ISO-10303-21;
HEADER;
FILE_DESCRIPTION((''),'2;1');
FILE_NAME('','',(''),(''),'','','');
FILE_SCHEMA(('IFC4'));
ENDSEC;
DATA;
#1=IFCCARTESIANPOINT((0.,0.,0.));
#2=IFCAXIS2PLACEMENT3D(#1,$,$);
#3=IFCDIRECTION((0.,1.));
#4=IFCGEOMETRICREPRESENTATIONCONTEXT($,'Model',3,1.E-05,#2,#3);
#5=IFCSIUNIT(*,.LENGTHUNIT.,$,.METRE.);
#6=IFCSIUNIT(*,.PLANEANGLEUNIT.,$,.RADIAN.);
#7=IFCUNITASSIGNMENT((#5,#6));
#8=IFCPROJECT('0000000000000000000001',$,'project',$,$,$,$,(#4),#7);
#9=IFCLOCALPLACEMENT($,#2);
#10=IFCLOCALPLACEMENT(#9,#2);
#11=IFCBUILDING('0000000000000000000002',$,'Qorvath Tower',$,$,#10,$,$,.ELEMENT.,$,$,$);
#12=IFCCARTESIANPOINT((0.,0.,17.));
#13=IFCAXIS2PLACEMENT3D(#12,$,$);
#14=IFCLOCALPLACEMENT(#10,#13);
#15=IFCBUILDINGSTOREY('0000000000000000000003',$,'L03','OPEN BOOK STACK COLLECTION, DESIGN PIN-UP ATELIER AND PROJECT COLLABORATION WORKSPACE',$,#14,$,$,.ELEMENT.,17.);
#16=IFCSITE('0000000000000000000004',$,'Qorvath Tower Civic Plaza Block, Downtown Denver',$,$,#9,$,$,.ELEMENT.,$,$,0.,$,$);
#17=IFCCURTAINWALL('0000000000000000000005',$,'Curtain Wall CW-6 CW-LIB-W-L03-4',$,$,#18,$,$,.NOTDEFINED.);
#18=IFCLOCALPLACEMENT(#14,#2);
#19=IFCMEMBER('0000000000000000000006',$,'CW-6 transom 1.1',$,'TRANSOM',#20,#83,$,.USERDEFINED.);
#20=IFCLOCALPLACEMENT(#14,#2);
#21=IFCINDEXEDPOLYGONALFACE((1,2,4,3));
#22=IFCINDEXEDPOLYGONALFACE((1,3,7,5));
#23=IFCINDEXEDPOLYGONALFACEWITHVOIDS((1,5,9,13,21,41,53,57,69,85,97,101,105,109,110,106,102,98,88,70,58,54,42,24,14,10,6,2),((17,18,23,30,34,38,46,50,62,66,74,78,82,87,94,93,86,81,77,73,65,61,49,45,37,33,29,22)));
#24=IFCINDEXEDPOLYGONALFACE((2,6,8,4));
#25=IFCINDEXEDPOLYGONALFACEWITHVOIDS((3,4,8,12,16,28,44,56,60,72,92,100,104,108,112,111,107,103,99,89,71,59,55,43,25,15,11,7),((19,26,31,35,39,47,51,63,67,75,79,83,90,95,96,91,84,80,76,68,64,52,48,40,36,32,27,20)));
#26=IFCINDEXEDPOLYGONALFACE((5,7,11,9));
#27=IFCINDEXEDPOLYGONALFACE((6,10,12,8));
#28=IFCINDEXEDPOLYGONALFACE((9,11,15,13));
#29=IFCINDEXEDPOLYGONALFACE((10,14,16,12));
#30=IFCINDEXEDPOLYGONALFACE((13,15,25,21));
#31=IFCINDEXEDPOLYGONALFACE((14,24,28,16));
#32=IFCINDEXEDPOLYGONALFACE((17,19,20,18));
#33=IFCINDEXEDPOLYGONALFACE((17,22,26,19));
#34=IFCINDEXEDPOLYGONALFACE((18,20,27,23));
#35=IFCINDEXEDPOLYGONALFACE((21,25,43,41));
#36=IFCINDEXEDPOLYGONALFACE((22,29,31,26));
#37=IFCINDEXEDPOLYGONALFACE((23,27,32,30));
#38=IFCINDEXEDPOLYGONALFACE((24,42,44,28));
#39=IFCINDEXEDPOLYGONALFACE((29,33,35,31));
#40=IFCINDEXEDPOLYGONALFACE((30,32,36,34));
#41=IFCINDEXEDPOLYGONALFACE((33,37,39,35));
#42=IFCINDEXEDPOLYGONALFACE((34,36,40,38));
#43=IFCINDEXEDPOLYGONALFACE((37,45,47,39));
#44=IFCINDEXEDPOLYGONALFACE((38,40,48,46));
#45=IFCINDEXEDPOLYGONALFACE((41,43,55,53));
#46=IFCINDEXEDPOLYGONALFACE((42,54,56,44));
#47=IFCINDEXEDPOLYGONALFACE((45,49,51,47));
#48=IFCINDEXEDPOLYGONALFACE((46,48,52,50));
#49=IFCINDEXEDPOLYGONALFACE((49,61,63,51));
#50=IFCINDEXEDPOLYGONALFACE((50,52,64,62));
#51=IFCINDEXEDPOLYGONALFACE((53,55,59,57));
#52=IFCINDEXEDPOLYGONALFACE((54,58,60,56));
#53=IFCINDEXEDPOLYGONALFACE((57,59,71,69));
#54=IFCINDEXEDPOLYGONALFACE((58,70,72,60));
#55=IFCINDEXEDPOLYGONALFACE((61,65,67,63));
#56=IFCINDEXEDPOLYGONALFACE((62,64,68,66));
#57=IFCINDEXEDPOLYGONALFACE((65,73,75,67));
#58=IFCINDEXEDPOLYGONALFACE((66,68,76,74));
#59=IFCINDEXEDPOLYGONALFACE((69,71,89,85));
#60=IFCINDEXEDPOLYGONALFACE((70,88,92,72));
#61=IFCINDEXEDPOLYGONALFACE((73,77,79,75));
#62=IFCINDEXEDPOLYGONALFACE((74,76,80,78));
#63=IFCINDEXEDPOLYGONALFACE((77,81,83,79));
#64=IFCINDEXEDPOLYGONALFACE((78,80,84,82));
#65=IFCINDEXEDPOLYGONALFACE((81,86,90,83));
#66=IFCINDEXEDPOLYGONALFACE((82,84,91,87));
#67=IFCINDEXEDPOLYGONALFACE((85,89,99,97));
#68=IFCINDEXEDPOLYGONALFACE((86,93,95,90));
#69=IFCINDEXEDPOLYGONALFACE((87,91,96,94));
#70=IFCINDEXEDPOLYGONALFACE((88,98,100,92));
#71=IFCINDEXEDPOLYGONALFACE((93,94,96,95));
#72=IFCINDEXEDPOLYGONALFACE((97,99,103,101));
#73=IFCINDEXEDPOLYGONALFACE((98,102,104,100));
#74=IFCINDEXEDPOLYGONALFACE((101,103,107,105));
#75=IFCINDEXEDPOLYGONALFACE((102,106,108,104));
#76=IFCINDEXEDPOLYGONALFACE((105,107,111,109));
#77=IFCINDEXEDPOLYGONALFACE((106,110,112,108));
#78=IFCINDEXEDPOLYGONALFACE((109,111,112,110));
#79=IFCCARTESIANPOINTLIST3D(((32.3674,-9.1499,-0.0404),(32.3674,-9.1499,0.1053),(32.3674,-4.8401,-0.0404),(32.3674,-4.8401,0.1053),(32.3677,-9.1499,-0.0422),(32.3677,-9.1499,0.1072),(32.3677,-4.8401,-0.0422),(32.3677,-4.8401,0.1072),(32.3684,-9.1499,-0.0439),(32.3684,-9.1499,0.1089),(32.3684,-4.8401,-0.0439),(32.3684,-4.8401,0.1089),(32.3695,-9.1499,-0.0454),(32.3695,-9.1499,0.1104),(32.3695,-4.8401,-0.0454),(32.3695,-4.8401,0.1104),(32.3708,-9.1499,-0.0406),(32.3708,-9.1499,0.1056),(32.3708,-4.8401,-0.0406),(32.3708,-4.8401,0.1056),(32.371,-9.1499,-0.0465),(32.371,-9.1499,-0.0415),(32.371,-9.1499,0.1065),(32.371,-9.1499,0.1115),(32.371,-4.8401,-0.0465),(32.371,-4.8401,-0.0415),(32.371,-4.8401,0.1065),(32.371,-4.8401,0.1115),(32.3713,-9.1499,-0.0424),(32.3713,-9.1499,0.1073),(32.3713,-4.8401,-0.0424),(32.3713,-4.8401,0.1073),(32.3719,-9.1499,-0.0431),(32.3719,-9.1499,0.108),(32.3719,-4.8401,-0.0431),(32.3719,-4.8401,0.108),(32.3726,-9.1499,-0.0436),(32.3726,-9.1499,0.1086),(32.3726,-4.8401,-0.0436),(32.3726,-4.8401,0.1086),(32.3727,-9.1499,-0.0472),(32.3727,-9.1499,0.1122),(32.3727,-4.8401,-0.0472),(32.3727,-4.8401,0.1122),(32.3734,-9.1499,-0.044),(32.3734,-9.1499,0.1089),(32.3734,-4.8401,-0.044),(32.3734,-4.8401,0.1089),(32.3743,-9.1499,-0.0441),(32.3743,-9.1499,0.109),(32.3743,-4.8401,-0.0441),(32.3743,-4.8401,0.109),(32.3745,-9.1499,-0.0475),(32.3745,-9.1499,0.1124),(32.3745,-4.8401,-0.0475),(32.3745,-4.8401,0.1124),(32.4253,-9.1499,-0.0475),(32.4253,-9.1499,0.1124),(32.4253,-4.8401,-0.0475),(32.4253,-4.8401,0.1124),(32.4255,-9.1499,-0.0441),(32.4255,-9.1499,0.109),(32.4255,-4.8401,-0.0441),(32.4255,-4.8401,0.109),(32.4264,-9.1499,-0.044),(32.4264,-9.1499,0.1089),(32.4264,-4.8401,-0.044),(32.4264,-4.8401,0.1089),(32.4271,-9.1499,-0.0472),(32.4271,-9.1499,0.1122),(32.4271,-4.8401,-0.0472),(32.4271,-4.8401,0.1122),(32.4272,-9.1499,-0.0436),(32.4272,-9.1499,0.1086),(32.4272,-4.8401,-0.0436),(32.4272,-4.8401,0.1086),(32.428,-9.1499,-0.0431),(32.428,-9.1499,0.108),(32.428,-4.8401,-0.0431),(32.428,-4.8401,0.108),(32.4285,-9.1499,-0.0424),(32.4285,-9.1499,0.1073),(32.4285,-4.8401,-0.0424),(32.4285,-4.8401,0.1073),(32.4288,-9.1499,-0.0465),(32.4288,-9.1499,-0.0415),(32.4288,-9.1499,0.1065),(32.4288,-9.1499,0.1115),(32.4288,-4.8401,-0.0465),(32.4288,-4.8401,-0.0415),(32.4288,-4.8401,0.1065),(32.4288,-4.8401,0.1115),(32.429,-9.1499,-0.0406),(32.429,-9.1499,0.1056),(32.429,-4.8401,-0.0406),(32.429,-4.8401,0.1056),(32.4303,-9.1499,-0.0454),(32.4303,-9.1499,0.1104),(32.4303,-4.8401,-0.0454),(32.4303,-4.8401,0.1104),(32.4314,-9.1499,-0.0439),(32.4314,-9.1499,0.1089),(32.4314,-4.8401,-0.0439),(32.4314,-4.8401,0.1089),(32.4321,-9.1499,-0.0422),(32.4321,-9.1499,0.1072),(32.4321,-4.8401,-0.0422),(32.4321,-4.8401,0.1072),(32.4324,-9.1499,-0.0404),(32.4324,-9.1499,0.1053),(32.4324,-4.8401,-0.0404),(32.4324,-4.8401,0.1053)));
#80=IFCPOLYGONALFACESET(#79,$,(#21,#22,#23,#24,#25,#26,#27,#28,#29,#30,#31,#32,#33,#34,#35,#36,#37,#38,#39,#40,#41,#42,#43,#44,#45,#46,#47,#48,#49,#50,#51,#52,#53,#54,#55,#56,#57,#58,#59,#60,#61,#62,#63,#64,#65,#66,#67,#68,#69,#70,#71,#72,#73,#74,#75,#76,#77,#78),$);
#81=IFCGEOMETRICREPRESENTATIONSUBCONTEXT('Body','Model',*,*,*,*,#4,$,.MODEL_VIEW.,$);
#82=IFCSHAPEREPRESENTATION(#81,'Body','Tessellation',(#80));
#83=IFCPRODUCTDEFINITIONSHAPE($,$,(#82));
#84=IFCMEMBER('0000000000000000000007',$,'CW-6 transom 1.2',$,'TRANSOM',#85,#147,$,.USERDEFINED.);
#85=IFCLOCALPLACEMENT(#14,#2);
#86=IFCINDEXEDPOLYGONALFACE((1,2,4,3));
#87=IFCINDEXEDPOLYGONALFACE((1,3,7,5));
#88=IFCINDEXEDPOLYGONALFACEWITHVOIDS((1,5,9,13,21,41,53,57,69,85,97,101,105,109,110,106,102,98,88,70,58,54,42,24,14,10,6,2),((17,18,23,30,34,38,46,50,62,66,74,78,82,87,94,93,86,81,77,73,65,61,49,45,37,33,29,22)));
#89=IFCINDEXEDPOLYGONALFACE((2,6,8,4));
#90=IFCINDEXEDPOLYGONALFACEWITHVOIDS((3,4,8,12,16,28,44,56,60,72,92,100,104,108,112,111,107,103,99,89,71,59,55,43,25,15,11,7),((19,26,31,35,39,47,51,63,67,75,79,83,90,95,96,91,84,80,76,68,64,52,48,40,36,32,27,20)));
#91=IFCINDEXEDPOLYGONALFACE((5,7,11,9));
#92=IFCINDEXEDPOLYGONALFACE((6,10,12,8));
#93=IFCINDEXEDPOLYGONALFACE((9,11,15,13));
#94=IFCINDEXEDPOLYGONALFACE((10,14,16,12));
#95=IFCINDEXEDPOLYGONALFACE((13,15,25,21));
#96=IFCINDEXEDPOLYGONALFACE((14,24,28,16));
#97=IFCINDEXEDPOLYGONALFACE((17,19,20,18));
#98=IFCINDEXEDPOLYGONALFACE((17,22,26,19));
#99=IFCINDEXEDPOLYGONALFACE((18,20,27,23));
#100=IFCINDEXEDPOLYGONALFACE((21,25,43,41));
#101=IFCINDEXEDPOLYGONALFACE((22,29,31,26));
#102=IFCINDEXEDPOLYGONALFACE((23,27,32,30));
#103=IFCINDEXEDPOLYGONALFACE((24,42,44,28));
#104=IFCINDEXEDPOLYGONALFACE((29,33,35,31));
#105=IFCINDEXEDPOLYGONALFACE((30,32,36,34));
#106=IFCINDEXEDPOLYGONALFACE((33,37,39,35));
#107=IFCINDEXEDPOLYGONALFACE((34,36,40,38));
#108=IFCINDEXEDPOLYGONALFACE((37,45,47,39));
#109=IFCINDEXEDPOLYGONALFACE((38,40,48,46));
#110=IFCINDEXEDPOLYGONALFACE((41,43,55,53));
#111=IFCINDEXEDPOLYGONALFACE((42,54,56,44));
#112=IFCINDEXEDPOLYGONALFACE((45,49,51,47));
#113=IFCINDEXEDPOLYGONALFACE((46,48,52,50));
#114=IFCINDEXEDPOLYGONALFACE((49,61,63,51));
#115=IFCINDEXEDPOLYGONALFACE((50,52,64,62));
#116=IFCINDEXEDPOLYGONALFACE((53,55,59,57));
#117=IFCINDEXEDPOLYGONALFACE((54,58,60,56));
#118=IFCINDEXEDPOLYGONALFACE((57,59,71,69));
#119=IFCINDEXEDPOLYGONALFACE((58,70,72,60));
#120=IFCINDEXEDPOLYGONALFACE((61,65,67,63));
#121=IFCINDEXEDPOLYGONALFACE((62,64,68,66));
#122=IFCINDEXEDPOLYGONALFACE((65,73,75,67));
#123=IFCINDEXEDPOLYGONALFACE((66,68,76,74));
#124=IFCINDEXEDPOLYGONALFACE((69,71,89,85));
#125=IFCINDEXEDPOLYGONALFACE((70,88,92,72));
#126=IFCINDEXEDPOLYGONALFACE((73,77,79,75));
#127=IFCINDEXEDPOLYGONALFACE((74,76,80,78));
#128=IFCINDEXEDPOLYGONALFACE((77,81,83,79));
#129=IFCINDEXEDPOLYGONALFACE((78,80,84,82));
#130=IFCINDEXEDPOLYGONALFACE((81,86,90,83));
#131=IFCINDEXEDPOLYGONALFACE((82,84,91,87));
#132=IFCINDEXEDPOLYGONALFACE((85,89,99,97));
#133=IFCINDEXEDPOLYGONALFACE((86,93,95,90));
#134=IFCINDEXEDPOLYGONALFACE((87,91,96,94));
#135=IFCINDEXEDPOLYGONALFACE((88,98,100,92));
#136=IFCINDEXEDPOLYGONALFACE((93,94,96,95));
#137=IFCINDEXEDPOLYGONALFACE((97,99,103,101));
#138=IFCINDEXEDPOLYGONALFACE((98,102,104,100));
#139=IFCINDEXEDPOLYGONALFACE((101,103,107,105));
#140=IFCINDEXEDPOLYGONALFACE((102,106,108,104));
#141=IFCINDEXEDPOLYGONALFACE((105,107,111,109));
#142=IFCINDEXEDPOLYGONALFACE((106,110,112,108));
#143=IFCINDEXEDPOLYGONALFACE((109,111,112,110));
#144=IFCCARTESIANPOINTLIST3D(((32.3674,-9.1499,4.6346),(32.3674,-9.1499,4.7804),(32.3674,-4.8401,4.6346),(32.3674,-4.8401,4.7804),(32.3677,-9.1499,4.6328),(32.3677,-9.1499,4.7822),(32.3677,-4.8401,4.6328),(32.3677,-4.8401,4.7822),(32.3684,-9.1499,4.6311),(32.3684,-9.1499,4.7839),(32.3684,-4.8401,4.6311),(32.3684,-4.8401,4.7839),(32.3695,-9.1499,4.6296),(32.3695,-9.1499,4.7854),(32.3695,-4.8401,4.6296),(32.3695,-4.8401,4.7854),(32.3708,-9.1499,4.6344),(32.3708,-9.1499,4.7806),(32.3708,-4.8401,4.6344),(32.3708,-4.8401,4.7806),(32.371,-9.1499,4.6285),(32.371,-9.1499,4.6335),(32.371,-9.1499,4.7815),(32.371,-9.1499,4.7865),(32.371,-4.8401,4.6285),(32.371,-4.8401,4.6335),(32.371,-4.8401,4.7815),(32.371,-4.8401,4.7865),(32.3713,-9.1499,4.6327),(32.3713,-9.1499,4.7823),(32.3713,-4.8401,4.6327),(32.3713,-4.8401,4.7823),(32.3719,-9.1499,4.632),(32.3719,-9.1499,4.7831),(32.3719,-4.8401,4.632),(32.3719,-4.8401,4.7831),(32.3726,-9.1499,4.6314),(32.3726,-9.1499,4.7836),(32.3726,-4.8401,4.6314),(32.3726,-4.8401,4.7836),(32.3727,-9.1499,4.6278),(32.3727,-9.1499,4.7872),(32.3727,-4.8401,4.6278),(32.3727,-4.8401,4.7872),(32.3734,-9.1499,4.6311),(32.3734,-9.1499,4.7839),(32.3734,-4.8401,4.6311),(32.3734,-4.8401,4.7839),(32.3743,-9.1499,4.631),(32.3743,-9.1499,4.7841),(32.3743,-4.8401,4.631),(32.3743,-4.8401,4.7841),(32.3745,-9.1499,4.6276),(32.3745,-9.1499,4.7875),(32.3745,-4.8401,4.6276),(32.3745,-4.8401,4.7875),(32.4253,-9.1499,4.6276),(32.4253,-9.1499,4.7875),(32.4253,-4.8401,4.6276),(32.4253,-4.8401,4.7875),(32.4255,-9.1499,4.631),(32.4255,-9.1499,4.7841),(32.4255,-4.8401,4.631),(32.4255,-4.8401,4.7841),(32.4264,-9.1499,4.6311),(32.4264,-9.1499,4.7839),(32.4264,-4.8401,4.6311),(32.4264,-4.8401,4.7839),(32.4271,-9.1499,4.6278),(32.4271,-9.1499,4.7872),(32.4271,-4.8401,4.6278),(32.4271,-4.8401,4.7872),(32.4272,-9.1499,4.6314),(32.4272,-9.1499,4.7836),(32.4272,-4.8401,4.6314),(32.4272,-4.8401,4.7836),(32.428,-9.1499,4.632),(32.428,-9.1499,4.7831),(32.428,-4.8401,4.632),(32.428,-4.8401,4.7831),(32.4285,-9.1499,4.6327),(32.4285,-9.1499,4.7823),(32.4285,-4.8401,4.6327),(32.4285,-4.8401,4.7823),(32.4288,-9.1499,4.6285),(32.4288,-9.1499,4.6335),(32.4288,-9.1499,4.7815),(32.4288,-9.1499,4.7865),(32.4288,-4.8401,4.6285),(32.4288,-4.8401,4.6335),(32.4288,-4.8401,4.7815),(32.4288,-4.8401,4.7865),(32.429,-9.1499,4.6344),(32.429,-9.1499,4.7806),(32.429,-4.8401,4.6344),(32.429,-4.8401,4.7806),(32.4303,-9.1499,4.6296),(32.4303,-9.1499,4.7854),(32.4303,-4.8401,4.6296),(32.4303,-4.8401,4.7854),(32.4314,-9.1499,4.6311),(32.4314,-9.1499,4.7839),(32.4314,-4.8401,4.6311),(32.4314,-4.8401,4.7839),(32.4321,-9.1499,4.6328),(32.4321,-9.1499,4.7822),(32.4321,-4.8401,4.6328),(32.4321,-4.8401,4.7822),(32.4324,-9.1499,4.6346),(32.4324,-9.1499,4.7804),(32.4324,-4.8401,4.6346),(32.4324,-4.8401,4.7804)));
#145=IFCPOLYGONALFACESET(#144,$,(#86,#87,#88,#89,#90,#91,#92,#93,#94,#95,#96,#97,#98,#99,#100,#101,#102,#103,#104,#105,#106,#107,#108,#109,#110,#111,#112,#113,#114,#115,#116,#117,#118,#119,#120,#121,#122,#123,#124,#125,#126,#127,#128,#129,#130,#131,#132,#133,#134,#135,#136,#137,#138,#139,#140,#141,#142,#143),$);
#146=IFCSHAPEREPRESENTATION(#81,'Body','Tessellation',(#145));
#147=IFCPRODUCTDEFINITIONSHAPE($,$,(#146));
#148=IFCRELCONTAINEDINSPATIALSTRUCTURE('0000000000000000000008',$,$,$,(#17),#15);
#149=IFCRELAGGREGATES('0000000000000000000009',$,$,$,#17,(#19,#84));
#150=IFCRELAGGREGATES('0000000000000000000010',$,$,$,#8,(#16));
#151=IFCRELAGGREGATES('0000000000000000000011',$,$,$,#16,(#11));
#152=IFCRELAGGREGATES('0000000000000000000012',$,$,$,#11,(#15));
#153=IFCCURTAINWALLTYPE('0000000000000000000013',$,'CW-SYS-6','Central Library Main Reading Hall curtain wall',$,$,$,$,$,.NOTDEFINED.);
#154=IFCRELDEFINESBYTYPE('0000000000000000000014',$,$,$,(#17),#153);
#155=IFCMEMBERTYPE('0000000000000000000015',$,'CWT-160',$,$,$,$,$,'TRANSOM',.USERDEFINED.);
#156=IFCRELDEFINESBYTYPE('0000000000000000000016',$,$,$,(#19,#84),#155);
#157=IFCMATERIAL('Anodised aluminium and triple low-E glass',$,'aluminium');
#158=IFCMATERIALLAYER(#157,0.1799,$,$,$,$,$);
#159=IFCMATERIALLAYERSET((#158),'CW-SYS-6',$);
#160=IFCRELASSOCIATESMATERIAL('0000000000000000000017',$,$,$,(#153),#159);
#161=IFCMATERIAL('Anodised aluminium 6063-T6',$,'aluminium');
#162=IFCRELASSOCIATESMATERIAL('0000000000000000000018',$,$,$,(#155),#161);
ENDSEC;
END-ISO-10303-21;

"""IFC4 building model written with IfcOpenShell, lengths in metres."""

from ifc_helpers import new_model, si_unit, direction, frame, origin, origin_2d, place, context, subcontext, project, spatial, hollow_rectangle, extrude, material, layer, layer_set, material_profile, profile_set, type_object, element, aggregate, save


model = new_model("IFC4")

# Units and contexts
model_context = context("Model", 3, precision=1e-05, world=origin(), true_north=direction((0.0, 1.0)))
body_context = subcontext(model_context, "Body", "Model", "MODEL_VIEW")
ifc_project = project(units=[si_unit("LENGTHUNIT", "METRE"), si_unit("PLANEANGLEUNIT", "RADIAN")], contexts=[model_context])

# Site, building, storey
site_placement = place(None, origin())
site = spatial("IfcSite", under=ifc_project, at=site_placement, Name="Qorvath Tower Civic Plaza Block, Downtown Denver", CompositionType="ELEMENT", RefElevation=0.0)
building_placement = place(site_placement, origin())
building = spatial("IfcBuilding", under=site, at=building_placement, Name="Qorvath Tower", CompositionType="ELEMENT")
storey_placement = place(building_placement, frame((0.0, 0.0, 17.0)))
storey = spatial("IfcBuildingStorey", under=building, at=storey_placement, Name="L03", Description="OPEN BOOK STACK COLLECTION, DESIGN PIN-UP ATELIER AND PROJECT COLLABORATION WORKSPACE", CompositionType="ELEMENT", Elevation=17.0)

# Shared definitions
ifc_material_1 = material(Name="Anodised aluminium and triple low-E glass", Category="aluminium")
ifc_layer_1 = layer(ifc_material_1, 0.1799)
ifc_layer_set_1 = layer_set([ifc_layer_1], Name="CW-SYS-6")
curtain_wall_type = type_object("IfcCurtainWallType", Name="CW-SYS-6", Description="Central Library Main Reading Hall curtain wall", PredefinedType="NOTDEFINED", material=ifc_layer_set_1)

# Curtain wall
curtain_wall_1_placement = place(storey_placement, origin())
curtain_wall_1 = element("IfcCurtainWall", 1, at=curtain_wall_1_placement, inside=storey, type_object=curtain_wall_type, Name="Curtain Wall CW-6 CW-LIB-W-L03-4", PredefinedType="NOTDEFINED")

# Members
ifc_material_2 = material(Name="Anodised aluminium 6063-T6", Category="aluminium")
ifc_material_profile_1 = material_profile(ifc_material_2, hollow_rectangle(XDim=0.0649, YDim=0.1599, WallThickness=0.0034, InnerFilletRadius=0.0034, OuterFilletRadius=0.0071, at=origin_2d()), Name="CWT 160x65")
ifc_profile_set_1 = profile_set([ifc_material_profile_1], Name="Anodised aluminium 6063-T6")
member_type_1 = type_object("IfcMemberType", Name="CWT-160", ElementType="TRANSOM", PredefinedType="USERDEFINED", material=ifc_profile_set_1)
member_1_placement = place(storey_placement, frame((32.3999, -9.1499, 0.0325), z_axis=(0.0, 1.0, 0.0), x_axis=(-1.0, 0.0, 0.0)))
member_1 = element("IfcMember", 2, at=member_1_placement, type_object=member_type_1, Name="CW-6 transom 1.1", ObjectType="TRANSOM", PredefinedType="USERDEFINED", context=body_context, shape_type="SweptSolid", body=[
    extrude(hollow_rectangle(XDim=0.0649, YDim=0.1599, WallThickness=0.0034, InnerFilletRadius=0.0034, OuterFilletRadius=0.0071, at=origin_2d()), origin(), (0.0, 0.0, 1.0), 4.3098),
])
member_2_placement = place(storey_placement, frame((32.3999, -9.1499, 4.7075), z_axis=(0.0, 1.0, 0.0), x_axis=(-1.0, 0.0, 0.0)))
member_2 = element("IfcMember", 3, at=member_2_placement, type_object=member_type_1, Name="CW-6 transom 1.2", ObjectType="TRANSOM", PredefinedType="USERDEFINED", context=body_context, shape_type="SweptSolid", body=[
    extrude(hollow_rectangle(XDim=0.0649, YDim=0.1599, WallThickness=0.0034, InnerFilletRadius=0.0034, OuterFilletRadius=0.0071, at=origin_2d()), origin(), (0.0, 0.0, 1.0), 4.3098),
])

aggregate(curtain_wall_1, [member_1, member_2])

save(model, "model.ifc")
